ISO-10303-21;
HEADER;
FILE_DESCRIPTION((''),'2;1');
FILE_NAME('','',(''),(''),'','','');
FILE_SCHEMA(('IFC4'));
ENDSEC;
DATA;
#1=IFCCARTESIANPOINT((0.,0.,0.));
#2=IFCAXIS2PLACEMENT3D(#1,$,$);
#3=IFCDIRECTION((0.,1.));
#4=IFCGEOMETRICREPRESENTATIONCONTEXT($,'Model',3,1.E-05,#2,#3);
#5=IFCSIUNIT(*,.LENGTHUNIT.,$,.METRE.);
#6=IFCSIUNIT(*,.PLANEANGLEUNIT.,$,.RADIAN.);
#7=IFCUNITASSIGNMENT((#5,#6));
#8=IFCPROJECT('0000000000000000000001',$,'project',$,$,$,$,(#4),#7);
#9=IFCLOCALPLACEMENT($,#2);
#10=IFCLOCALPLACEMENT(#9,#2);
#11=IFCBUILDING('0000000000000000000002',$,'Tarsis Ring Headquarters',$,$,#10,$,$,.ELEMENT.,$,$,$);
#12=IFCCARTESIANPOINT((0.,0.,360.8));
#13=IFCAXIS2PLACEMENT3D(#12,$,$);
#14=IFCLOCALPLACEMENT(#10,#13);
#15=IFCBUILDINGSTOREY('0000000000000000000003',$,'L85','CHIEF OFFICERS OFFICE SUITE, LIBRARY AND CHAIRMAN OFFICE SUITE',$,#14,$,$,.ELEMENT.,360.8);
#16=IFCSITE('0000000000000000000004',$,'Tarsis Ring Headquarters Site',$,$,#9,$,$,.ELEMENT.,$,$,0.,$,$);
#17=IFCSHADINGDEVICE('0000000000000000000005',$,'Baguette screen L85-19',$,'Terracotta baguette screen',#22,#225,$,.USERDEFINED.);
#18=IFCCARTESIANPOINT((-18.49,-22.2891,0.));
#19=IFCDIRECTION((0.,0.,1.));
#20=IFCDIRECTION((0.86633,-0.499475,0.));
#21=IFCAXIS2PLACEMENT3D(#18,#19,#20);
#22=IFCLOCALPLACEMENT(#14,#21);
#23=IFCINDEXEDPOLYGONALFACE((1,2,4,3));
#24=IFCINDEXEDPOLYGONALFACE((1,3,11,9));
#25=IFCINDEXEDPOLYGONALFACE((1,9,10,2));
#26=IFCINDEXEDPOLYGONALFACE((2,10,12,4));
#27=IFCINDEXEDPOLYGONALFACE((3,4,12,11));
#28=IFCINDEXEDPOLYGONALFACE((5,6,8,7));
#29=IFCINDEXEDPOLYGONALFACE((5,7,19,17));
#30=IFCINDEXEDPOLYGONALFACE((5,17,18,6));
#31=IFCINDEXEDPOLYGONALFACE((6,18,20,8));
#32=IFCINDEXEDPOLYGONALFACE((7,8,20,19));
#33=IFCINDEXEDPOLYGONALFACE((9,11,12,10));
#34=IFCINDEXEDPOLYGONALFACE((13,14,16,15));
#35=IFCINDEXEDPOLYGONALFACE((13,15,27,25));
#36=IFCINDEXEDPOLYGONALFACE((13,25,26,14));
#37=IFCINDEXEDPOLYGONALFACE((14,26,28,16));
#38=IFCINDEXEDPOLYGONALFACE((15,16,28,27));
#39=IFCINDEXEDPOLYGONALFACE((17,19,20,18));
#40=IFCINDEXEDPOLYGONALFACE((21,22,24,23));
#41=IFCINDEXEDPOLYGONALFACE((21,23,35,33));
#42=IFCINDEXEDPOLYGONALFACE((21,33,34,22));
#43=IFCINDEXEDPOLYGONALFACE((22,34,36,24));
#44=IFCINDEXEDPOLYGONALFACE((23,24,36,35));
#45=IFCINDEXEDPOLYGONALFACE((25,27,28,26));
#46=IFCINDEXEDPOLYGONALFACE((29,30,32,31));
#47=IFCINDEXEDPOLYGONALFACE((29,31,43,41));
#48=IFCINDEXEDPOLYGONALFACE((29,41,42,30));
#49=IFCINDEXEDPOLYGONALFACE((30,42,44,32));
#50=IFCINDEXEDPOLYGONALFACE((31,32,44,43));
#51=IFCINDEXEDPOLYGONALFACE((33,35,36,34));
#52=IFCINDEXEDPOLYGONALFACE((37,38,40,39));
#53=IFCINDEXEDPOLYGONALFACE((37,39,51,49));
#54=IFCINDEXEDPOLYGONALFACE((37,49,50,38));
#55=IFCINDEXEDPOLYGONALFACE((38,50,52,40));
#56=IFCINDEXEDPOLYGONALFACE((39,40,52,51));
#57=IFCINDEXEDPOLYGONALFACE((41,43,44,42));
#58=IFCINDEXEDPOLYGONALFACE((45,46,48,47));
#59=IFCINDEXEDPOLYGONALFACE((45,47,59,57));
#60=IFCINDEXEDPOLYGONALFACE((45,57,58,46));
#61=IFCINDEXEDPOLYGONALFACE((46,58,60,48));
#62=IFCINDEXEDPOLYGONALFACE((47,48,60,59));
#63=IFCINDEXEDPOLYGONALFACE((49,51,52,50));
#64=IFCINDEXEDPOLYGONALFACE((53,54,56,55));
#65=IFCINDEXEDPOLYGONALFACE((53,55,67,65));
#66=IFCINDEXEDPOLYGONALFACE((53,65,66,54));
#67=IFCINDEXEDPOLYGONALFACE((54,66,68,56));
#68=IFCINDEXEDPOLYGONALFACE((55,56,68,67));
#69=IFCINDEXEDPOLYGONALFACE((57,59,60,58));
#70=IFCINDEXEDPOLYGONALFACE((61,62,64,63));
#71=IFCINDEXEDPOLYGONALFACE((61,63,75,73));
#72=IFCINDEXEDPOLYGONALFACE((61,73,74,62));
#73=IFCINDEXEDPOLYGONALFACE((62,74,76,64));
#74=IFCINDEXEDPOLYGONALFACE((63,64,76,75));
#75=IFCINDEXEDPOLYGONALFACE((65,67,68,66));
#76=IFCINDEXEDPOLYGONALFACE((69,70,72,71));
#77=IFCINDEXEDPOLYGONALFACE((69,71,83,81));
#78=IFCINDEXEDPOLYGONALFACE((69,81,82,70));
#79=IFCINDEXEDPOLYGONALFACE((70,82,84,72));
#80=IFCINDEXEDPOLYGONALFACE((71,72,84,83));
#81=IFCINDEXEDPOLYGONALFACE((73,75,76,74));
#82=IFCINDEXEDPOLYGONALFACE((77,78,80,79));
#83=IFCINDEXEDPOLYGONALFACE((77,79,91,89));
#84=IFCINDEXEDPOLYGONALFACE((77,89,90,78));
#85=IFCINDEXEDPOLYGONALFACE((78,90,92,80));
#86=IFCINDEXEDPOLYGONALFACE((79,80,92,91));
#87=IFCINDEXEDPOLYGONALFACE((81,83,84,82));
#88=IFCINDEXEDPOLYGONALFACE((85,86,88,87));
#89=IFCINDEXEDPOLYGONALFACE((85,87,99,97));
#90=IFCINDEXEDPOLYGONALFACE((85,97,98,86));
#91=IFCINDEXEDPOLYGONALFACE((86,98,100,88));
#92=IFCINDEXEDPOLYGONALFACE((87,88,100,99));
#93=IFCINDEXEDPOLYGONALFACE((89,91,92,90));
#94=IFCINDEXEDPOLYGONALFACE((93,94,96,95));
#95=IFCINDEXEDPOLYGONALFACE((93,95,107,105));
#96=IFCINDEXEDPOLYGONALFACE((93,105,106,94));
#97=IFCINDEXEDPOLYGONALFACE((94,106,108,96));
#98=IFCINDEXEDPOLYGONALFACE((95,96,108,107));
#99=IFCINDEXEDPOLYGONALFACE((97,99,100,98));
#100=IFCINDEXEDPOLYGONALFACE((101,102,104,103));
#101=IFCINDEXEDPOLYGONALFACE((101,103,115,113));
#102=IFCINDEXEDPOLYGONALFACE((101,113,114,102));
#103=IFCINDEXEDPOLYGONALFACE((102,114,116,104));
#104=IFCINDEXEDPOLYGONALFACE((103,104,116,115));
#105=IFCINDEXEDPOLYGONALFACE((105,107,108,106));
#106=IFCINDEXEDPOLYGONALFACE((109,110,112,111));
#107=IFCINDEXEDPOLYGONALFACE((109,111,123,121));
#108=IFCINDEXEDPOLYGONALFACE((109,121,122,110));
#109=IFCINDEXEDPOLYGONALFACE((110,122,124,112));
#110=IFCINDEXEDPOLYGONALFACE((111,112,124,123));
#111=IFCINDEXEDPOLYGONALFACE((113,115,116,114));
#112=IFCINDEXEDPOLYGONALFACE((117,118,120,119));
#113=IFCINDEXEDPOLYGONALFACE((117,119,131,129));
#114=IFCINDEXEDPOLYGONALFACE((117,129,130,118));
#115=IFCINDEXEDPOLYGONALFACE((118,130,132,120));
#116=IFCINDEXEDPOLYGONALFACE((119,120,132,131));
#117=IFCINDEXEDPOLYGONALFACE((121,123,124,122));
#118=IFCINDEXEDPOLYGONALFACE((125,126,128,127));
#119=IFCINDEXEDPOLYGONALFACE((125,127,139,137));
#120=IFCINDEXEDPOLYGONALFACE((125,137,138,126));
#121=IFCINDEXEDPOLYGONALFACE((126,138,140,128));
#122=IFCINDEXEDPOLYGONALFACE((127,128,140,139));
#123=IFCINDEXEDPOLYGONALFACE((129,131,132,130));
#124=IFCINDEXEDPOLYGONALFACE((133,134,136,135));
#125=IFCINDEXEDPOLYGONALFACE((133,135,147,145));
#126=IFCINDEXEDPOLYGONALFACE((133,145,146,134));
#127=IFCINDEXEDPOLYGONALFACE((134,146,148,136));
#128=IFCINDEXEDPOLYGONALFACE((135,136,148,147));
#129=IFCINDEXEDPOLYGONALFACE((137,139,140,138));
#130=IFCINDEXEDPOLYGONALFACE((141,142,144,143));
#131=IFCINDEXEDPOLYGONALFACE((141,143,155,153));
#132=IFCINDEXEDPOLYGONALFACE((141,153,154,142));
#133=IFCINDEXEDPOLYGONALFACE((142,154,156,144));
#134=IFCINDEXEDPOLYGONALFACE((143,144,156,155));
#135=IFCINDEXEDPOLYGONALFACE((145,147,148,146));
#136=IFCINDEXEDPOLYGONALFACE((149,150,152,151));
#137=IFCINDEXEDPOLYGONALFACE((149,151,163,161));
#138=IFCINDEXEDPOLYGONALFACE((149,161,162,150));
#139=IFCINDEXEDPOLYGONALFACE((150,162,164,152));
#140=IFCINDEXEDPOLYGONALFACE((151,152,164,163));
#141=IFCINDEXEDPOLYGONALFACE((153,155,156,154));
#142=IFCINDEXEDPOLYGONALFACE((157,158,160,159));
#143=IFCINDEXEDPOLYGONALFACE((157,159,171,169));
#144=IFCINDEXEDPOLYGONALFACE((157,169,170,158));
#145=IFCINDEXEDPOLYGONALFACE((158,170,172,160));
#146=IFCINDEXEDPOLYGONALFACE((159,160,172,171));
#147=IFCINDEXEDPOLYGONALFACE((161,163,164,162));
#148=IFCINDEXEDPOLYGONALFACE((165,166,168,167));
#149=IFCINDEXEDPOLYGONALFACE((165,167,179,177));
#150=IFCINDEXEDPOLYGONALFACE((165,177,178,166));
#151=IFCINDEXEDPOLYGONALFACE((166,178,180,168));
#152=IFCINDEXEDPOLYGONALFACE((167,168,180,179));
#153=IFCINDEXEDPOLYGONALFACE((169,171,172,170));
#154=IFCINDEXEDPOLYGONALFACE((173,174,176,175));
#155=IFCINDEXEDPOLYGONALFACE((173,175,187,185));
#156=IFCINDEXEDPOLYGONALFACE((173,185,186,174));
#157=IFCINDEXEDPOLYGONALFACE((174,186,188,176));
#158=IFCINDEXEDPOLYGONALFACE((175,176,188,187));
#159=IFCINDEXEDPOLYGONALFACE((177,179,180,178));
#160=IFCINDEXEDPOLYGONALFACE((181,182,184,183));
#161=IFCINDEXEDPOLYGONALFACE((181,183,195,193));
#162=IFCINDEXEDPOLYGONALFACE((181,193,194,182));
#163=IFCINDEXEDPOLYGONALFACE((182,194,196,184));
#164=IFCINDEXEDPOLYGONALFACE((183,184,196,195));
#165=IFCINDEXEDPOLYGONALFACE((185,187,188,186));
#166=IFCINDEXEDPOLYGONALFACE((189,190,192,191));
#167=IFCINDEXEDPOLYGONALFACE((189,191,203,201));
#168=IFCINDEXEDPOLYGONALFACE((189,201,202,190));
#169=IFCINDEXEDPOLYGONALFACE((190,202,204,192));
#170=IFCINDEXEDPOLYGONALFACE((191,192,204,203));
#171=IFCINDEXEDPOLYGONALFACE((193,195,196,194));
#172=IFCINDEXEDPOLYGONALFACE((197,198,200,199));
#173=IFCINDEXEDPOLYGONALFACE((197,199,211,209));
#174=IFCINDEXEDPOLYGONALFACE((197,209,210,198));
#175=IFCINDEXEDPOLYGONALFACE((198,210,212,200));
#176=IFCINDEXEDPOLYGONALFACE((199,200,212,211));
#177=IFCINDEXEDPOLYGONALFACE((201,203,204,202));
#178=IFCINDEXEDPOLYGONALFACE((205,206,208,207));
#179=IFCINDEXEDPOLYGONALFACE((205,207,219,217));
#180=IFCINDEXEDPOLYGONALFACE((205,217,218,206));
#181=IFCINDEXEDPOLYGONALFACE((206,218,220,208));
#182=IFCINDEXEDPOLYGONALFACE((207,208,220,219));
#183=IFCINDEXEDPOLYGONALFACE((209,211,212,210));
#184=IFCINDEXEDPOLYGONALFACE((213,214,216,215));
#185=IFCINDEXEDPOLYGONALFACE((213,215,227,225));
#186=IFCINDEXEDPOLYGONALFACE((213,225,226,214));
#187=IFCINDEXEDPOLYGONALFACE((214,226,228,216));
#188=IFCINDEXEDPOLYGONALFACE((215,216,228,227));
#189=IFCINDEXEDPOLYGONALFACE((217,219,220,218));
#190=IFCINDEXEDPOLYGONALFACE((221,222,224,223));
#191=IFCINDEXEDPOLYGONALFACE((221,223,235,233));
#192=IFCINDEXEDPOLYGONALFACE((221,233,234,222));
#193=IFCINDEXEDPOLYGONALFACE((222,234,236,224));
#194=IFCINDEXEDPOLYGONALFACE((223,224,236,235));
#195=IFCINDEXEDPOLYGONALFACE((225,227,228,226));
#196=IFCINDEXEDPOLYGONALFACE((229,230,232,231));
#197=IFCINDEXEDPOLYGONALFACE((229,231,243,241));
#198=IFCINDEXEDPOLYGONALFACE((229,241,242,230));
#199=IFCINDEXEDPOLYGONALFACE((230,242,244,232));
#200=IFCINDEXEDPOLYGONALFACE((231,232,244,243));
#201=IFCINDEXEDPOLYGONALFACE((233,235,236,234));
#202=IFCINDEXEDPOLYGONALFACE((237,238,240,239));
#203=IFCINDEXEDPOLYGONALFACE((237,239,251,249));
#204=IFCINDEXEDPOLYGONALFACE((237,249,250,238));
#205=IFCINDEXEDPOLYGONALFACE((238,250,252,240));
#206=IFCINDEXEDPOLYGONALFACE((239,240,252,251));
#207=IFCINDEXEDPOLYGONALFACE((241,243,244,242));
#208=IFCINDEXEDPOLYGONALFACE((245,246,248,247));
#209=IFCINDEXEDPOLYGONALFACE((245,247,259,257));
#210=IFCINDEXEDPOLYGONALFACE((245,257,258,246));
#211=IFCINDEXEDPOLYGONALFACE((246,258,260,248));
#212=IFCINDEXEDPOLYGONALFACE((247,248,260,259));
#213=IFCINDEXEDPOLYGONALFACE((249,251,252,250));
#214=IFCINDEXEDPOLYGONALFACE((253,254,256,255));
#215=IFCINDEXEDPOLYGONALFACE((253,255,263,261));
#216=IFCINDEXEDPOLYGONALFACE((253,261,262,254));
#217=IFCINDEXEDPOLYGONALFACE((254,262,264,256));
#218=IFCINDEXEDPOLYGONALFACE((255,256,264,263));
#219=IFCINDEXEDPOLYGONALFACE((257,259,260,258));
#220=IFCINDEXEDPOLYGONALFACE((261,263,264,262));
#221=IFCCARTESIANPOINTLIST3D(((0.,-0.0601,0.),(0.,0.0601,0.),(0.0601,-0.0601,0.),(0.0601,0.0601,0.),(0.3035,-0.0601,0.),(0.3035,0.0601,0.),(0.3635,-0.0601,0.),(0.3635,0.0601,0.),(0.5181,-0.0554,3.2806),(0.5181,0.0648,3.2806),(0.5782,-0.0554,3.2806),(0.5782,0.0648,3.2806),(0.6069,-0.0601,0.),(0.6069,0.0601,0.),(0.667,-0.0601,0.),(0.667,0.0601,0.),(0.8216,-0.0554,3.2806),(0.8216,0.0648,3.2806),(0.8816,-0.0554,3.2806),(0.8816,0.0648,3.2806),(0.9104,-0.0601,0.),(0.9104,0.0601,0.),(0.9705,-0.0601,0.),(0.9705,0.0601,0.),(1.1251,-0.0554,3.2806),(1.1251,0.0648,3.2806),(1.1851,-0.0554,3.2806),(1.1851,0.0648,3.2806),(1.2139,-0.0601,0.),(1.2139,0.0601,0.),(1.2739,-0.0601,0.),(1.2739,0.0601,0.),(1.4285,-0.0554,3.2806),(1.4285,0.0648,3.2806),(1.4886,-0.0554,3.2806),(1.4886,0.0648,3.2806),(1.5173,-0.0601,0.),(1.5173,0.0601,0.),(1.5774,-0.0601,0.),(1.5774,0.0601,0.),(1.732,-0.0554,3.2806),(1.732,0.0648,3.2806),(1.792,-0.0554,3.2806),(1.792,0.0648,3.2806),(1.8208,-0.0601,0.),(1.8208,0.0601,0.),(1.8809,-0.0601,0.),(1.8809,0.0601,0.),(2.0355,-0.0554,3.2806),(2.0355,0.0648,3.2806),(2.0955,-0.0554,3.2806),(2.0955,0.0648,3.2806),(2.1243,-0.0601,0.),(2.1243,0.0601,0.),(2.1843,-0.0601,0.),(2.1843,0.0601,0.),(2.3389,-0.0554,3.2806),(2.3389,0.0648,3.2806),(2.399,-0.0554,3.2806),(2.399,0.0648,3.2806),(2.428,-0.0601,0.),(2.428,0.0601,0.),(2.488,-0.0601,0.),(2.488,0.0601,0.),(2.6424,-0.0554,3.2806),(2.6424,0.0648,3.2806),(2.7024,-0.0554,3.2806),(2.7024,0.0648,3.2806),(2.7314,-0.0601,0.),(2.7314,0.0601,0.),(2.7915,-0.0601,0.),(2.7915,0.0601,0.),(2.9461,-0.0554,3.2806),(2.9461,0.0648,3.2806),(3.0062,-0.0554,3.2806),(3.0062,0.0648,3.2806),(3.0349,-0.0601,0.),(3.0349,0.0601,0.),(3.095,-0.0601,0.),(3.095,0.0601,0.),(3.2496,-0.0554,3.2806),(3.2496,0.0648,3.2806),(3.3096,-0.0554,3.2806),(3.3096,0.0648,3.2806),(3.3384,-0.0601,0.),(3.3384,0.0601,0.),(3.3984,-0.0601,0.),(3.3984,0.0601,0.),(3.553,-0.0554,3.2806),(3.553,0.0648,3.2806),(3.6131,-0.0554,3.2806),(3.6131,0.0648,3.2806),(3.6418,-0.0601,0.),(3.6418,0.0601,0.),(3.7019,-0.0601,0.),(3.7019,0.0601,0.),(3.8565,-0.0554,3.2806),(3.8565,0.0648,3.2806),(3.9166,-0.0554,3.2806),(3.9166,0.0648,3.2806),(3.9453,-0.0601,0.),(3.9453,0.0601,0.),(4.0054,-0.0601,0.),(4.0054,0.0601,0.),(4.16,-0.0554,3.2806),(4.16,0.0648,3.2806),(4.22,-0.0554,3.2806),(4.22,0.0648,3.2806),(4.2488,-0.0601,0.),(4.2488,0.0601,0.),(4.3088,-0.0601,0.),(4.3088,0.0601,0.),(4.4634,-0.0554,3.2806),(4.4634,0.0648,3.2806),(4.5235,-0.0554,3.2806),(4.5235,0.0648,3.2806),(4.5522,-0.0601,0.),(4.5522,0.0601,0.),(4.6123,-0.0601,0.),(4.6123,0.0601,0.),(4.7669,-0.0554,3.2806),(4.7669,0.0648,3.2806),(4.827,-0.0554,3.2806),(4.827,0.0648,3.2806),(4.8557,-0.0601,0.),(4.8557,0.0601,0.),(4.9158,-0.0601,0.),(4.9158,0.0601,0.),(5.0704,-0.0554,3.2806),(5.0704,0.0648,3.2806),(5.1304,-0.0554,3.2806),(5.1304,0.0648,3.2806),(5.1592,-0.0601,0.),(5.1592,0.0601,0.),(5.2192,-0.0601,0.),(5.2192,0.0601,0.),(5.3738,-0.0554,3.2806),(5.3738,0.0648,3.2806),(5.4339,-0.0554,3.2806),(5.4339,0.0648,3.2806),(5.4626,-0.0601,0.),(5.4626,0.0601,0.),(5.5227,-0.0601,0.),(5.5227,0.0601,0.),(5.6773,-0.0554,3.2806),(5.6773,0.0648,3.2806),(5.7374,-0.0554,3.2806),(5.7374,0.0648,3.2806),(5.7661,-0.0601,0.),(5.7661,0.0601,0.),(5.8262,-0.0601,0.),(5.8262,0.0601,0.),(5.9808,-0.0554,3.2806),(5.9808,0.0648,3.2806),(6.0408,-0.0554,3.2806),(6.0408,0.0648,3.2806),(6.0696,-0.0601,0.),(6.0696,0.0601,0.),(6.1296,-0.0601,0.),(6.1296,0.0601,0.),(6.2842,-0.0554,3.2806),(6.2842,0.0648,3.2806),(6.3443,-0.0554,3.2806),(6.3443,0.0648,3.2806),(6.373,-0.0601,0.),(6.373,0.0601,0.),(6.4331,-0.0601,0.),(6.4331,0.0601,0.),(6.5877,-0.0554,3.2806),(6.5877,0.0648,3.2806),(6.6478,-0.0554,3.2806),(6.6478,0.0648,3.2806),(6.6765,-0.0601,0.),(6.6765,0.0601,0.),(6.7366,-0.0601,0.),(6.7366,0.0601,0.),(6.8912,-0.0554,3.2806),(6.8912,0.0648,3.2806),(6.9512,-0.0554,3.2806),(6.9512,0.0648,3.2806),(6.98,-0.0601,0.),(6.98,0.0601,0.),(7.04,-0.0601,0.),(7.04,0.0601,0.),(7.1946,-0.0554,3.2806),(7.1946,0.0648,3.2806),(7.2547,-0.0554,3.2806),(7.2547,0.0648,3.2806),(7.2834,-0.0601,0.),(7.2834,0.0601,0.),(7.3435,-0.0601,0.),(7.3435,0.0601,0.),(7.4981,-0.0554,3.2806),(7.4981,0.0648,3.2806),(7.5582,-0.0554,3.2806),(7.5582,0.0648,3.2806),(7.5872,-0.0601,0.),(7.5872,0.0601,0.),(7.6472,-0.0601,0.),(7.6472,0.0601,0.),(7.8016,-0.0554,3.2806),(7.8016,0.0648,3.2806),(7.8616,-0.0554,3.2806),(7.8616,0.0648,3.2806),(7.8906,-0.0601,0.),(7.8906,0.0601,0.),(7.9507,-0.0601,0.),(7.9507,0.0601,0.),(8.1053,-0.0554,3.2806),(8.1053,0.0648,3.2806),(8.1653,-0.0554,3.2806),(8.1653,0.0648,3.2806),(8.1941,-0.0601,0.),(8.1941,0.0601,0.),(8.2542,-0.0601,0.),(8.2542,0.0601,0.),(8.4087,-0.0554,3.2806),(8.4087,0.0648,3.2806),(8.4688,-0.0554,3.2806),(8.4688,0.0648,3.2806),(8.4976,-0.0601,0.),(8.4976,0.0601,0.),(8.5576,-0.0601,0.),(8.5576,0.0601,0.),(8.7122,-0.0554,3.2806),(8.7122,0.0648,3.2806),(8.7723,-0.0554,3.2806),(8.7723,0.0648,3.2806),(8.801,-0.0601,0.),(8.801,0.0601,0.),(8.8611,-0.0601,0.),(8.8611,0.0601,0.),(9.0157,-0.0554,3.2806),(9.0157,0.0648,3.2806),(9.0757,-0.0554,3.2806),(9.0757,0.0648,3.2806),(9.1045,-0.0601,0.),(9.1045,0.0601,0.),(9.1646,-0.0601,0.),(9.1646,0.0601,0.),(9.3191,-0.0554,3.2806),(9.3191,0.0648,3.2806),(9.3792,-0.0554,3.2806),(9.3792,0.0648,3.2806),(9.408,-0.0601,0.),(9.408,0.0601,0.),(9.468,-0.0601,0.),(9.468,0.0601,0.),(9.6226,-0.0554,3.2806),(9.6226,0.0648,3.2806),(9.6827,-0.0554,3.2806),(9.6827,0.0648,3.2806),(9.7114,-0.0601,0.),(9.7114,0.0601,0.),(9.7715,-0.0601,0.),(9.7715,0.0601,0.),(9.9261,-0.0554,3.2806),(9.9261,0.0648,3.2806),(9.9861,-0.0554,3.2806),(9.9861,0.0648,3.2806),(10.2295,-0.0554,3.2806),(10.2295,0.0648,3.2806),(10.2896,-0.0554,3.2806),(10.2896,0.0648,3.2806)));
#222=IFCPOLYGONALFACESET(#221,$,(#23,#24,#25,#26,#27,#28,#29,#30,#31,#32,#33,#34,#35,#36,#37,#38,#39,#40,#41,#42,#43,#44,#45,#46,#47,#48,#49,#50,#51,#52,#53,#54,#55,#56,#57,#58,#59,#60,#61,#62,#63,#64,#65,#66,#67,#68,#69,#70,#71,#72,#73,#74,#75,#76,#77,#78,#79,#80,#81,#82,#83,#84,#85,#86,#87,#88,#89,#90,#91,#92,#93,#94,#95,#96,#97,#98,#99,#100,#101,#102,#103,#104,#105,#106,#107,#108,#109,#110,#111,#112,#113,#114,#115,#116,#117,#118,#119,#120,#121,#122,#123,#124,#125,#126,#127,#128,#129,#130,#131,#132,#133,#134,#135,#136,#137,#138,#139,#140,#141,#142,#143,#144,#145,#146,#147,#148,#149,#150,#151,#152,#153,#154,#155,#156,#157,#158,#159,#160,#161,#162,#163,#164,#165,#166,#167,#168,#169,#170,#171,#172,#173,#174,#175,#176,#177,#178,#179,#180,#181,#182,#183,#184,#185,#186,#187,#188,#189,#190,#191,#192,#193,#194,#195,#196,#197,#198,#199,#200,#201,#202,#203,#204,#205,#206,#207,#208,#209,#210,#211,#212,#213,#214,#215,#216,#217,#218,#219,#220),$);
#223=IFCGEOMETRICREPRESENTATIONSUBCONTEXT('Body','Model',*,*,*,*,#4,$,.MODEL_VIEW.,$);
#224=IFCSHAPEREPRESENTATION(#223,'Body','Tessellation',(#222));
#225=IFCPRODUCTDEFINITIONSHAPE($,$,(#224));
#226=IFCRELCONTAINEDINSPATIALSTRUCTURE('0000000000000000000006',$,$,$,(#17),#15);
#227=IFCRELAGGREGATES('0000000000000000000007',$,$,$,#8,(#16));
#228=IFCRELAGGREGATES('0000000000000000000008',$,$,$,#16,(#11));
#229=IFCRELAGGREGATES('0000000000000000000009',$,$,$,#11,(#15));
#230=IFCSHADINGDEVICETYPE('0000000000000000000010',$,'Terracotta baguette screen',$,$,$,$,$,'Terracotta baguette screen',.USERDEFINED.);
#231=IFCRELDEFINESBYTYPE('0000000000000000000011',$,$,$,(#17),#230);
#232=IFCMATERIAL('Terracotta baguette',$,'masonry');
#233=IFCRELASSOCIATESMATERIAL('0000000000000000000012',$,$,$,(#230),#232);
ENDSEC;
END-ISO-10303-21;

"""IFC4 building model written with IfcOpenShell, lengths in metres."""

from ifc_helpers import new_model, si_unit, direction, frame, frame_2d, origin, place, context, subcontext, project, spatial, rectangle, composite_profile, extrude, material, type_object, element, save


model = new_model("IFC4")

# Units and contexts
model_context = context("Model", 3, precision=1e-05, world=origin(), true_north=direction((0.0, 1.0)))
body_context = subcontext(model_context, "Body", "Model", "MODEL_VIEW")
ifc_project = project(units=[si_unit("LENGTHUNIT", "METRE"), si_unit("PLANEANGLEUNIT", "RADIAN")], contexts=[model_context])

# Site, building, storey
site_placement = place(None, origin())
site = spatial("IfcSite", under=ifc_project, at=site_placement, Name="Tarsis Ring Headquarters Site", CompositionType="ELEMENT", RefElevation=0.0)
building_placement = place(site_placement, origin())
building = spatial("IfcBuilding", under=site, at=building_placement, Name="Tarsis Ring Headquarters", CompositionType="ELEMENT")
storey_placement = place(building_placement, frame((0.0, 0.0, 360.8)))
storey = spatial("IfcBuildingStorey", under=building, at=storey_placement, Name="L85", Description="CHIEF OFFICERS OFFICE SUITE, LIBRARY AND CHAIRMAN OFFICE SUITE", CompositionType="ELEMENT", Elevation=360.8)

# Shading device
ifc_material_1 = material(Name="Terracotta baguette", Category="masonry")
shading_device_type_1 = type_object("IfcShadingDeviceType", Name="Terracotta baguette screen", ElementType="Terracotta baguette screen", PredefinedType="USERDEFINED", material=ifc_material_1)
shading_device_1_placement = place(storey_placement, frame((-18.49, -22.2891, 0.0), z_axis=(0.0, 0.0, 1.0), x_axis=(0.86633, -0.499475, 0.0)))
element("IfcShadingDevice", 1, at=shading_device_1_placement, inside=storey, type_object=shading_device_type_1, Name="Baguette screen L85-19", ObjectType="Terracotta baguette screen", PredefinedType="USERDEFINED", context=body_context, shape_type="SweptSolid", body=[
    extrude(composite_profile([rectangle(XDim=0.0601, YDim=0.1201, at=frame_2d((0.03, 0.0))), rectangle(XDim=0.0601, YDim=0.1201, at=frame_2d((0.3335, 0.0))), rectangle(XDim=0.0601, YDim=0.1201, at=frame_2d((0.637, 0.0))), rectangle(XDim=0.0601, YDim=0.1201, at=frame_2d((0.9404, 0.0))), rectangle(XDim=0.0601, YDim=0.1201, at=frame_2d((1.2439, 0.0))), rectangle(XDim=0.0601, YDim=0.1201, at=frame_2d((1.5474, 0.0))), rectangle(XDim=0.0601, YDim=0.1201, at=frame_2d((1.8508, 0.0))), rectangle(XDim=0.0601, YDim=0.1201, at=frame_2d((2.1543, 0.0))), rectangle(XDim=0.0601, YDim=0.1201, at=frame_2d((2.458, 0.0))), rectangle(XDim=0.0601, YDim=0.1201, at=frame_2d((2.7615, 0.0))), rectangle(XDim=0.0601, YDim=0.1201, at=frame_2d((3.0649, 0.0))), rectangle(XDim=0.0601, YDim=0.1201, at=frame_2d((3.3684, 0.0))), rectangle(XDim=0.0601, YDim=0.1201, at=frame_2d((3.6719, 0.0))), rectangle(XDim=0.0601, YDim=0.1201, at=frame_2d((3.9753, 0.0))), rectangle(XDim=0.0601, YDim=0.1201, at=frame_2d((4.2788, 0.0))), rectangle(XDim=0.0601, YDim=0.1201, at=frame_2d((4.5823, 0.0))), rectangle(XDim=0.0601, YDim=0.1201, at=frame_2d((4.8857, 0.0))), rectangle(XDim=0.0601, YDim=0.1201, at=frame_2d((5.1892, 0.0))), rectangle(XDim=0.0601, YDim=0.1201, at=frame_2d((5.4927, 0.0))), rectangle(XDim=0.0601, YDim=0.1201, at=frame_2d((5.7961, 0.0))), rectangle(XDim=0.0601, YDim=0.1201, at=frame_2d((6.0996, 0.0))), rectangle(XDim=0.0601, YDim=0.1201, at=frame_2d((6.4031, 0.0))), rectangle(XDim=0.0601, YDim=0.1201, at=frame_2d((6.7065, 0.0))), rectangle(XDim=0.0601, YDim=0.1201, at=frame_2d((7.01, 0.0))), rectangle(XDim=0.0601, YDim=0.1201, at=frame_2d((7.3135, 0.0))), rectangle(XDim=0.0601, YDim=0.1201, at=frame_2d((7.6172, 0.0))), rectangle(XDim=0.0601, YDim=0.1201, at=frame_2d((7.9207, 0.0))), rectangle(XDim=0.0601, YDim=0.1201, at=frame_2d((8.2241, 0.0))), rectangle(XDim=0.0601, YDim=0.1201, at=frame_2d((8.5276, 0.0))), rectangle(XDim=0.0601, YDim=0.1201, at=frame_2d((8.8311, 0.0))), rectangle(XDim=0.0601, YDim=0.1201, at=frame_2d((9.1345, 0.0))), rectangle(XDim=0.0601, YDim=0.1201, at=frame_2d((9.438, 0.0))), rectangle(XDim=0.0601, YDim=0.1201, at=frame_2d((9.7415, 0.0)))]), origin(), (0.155999, 0.001416, 0.987756), 3.3213),
])

save(model, "model.ifc")
